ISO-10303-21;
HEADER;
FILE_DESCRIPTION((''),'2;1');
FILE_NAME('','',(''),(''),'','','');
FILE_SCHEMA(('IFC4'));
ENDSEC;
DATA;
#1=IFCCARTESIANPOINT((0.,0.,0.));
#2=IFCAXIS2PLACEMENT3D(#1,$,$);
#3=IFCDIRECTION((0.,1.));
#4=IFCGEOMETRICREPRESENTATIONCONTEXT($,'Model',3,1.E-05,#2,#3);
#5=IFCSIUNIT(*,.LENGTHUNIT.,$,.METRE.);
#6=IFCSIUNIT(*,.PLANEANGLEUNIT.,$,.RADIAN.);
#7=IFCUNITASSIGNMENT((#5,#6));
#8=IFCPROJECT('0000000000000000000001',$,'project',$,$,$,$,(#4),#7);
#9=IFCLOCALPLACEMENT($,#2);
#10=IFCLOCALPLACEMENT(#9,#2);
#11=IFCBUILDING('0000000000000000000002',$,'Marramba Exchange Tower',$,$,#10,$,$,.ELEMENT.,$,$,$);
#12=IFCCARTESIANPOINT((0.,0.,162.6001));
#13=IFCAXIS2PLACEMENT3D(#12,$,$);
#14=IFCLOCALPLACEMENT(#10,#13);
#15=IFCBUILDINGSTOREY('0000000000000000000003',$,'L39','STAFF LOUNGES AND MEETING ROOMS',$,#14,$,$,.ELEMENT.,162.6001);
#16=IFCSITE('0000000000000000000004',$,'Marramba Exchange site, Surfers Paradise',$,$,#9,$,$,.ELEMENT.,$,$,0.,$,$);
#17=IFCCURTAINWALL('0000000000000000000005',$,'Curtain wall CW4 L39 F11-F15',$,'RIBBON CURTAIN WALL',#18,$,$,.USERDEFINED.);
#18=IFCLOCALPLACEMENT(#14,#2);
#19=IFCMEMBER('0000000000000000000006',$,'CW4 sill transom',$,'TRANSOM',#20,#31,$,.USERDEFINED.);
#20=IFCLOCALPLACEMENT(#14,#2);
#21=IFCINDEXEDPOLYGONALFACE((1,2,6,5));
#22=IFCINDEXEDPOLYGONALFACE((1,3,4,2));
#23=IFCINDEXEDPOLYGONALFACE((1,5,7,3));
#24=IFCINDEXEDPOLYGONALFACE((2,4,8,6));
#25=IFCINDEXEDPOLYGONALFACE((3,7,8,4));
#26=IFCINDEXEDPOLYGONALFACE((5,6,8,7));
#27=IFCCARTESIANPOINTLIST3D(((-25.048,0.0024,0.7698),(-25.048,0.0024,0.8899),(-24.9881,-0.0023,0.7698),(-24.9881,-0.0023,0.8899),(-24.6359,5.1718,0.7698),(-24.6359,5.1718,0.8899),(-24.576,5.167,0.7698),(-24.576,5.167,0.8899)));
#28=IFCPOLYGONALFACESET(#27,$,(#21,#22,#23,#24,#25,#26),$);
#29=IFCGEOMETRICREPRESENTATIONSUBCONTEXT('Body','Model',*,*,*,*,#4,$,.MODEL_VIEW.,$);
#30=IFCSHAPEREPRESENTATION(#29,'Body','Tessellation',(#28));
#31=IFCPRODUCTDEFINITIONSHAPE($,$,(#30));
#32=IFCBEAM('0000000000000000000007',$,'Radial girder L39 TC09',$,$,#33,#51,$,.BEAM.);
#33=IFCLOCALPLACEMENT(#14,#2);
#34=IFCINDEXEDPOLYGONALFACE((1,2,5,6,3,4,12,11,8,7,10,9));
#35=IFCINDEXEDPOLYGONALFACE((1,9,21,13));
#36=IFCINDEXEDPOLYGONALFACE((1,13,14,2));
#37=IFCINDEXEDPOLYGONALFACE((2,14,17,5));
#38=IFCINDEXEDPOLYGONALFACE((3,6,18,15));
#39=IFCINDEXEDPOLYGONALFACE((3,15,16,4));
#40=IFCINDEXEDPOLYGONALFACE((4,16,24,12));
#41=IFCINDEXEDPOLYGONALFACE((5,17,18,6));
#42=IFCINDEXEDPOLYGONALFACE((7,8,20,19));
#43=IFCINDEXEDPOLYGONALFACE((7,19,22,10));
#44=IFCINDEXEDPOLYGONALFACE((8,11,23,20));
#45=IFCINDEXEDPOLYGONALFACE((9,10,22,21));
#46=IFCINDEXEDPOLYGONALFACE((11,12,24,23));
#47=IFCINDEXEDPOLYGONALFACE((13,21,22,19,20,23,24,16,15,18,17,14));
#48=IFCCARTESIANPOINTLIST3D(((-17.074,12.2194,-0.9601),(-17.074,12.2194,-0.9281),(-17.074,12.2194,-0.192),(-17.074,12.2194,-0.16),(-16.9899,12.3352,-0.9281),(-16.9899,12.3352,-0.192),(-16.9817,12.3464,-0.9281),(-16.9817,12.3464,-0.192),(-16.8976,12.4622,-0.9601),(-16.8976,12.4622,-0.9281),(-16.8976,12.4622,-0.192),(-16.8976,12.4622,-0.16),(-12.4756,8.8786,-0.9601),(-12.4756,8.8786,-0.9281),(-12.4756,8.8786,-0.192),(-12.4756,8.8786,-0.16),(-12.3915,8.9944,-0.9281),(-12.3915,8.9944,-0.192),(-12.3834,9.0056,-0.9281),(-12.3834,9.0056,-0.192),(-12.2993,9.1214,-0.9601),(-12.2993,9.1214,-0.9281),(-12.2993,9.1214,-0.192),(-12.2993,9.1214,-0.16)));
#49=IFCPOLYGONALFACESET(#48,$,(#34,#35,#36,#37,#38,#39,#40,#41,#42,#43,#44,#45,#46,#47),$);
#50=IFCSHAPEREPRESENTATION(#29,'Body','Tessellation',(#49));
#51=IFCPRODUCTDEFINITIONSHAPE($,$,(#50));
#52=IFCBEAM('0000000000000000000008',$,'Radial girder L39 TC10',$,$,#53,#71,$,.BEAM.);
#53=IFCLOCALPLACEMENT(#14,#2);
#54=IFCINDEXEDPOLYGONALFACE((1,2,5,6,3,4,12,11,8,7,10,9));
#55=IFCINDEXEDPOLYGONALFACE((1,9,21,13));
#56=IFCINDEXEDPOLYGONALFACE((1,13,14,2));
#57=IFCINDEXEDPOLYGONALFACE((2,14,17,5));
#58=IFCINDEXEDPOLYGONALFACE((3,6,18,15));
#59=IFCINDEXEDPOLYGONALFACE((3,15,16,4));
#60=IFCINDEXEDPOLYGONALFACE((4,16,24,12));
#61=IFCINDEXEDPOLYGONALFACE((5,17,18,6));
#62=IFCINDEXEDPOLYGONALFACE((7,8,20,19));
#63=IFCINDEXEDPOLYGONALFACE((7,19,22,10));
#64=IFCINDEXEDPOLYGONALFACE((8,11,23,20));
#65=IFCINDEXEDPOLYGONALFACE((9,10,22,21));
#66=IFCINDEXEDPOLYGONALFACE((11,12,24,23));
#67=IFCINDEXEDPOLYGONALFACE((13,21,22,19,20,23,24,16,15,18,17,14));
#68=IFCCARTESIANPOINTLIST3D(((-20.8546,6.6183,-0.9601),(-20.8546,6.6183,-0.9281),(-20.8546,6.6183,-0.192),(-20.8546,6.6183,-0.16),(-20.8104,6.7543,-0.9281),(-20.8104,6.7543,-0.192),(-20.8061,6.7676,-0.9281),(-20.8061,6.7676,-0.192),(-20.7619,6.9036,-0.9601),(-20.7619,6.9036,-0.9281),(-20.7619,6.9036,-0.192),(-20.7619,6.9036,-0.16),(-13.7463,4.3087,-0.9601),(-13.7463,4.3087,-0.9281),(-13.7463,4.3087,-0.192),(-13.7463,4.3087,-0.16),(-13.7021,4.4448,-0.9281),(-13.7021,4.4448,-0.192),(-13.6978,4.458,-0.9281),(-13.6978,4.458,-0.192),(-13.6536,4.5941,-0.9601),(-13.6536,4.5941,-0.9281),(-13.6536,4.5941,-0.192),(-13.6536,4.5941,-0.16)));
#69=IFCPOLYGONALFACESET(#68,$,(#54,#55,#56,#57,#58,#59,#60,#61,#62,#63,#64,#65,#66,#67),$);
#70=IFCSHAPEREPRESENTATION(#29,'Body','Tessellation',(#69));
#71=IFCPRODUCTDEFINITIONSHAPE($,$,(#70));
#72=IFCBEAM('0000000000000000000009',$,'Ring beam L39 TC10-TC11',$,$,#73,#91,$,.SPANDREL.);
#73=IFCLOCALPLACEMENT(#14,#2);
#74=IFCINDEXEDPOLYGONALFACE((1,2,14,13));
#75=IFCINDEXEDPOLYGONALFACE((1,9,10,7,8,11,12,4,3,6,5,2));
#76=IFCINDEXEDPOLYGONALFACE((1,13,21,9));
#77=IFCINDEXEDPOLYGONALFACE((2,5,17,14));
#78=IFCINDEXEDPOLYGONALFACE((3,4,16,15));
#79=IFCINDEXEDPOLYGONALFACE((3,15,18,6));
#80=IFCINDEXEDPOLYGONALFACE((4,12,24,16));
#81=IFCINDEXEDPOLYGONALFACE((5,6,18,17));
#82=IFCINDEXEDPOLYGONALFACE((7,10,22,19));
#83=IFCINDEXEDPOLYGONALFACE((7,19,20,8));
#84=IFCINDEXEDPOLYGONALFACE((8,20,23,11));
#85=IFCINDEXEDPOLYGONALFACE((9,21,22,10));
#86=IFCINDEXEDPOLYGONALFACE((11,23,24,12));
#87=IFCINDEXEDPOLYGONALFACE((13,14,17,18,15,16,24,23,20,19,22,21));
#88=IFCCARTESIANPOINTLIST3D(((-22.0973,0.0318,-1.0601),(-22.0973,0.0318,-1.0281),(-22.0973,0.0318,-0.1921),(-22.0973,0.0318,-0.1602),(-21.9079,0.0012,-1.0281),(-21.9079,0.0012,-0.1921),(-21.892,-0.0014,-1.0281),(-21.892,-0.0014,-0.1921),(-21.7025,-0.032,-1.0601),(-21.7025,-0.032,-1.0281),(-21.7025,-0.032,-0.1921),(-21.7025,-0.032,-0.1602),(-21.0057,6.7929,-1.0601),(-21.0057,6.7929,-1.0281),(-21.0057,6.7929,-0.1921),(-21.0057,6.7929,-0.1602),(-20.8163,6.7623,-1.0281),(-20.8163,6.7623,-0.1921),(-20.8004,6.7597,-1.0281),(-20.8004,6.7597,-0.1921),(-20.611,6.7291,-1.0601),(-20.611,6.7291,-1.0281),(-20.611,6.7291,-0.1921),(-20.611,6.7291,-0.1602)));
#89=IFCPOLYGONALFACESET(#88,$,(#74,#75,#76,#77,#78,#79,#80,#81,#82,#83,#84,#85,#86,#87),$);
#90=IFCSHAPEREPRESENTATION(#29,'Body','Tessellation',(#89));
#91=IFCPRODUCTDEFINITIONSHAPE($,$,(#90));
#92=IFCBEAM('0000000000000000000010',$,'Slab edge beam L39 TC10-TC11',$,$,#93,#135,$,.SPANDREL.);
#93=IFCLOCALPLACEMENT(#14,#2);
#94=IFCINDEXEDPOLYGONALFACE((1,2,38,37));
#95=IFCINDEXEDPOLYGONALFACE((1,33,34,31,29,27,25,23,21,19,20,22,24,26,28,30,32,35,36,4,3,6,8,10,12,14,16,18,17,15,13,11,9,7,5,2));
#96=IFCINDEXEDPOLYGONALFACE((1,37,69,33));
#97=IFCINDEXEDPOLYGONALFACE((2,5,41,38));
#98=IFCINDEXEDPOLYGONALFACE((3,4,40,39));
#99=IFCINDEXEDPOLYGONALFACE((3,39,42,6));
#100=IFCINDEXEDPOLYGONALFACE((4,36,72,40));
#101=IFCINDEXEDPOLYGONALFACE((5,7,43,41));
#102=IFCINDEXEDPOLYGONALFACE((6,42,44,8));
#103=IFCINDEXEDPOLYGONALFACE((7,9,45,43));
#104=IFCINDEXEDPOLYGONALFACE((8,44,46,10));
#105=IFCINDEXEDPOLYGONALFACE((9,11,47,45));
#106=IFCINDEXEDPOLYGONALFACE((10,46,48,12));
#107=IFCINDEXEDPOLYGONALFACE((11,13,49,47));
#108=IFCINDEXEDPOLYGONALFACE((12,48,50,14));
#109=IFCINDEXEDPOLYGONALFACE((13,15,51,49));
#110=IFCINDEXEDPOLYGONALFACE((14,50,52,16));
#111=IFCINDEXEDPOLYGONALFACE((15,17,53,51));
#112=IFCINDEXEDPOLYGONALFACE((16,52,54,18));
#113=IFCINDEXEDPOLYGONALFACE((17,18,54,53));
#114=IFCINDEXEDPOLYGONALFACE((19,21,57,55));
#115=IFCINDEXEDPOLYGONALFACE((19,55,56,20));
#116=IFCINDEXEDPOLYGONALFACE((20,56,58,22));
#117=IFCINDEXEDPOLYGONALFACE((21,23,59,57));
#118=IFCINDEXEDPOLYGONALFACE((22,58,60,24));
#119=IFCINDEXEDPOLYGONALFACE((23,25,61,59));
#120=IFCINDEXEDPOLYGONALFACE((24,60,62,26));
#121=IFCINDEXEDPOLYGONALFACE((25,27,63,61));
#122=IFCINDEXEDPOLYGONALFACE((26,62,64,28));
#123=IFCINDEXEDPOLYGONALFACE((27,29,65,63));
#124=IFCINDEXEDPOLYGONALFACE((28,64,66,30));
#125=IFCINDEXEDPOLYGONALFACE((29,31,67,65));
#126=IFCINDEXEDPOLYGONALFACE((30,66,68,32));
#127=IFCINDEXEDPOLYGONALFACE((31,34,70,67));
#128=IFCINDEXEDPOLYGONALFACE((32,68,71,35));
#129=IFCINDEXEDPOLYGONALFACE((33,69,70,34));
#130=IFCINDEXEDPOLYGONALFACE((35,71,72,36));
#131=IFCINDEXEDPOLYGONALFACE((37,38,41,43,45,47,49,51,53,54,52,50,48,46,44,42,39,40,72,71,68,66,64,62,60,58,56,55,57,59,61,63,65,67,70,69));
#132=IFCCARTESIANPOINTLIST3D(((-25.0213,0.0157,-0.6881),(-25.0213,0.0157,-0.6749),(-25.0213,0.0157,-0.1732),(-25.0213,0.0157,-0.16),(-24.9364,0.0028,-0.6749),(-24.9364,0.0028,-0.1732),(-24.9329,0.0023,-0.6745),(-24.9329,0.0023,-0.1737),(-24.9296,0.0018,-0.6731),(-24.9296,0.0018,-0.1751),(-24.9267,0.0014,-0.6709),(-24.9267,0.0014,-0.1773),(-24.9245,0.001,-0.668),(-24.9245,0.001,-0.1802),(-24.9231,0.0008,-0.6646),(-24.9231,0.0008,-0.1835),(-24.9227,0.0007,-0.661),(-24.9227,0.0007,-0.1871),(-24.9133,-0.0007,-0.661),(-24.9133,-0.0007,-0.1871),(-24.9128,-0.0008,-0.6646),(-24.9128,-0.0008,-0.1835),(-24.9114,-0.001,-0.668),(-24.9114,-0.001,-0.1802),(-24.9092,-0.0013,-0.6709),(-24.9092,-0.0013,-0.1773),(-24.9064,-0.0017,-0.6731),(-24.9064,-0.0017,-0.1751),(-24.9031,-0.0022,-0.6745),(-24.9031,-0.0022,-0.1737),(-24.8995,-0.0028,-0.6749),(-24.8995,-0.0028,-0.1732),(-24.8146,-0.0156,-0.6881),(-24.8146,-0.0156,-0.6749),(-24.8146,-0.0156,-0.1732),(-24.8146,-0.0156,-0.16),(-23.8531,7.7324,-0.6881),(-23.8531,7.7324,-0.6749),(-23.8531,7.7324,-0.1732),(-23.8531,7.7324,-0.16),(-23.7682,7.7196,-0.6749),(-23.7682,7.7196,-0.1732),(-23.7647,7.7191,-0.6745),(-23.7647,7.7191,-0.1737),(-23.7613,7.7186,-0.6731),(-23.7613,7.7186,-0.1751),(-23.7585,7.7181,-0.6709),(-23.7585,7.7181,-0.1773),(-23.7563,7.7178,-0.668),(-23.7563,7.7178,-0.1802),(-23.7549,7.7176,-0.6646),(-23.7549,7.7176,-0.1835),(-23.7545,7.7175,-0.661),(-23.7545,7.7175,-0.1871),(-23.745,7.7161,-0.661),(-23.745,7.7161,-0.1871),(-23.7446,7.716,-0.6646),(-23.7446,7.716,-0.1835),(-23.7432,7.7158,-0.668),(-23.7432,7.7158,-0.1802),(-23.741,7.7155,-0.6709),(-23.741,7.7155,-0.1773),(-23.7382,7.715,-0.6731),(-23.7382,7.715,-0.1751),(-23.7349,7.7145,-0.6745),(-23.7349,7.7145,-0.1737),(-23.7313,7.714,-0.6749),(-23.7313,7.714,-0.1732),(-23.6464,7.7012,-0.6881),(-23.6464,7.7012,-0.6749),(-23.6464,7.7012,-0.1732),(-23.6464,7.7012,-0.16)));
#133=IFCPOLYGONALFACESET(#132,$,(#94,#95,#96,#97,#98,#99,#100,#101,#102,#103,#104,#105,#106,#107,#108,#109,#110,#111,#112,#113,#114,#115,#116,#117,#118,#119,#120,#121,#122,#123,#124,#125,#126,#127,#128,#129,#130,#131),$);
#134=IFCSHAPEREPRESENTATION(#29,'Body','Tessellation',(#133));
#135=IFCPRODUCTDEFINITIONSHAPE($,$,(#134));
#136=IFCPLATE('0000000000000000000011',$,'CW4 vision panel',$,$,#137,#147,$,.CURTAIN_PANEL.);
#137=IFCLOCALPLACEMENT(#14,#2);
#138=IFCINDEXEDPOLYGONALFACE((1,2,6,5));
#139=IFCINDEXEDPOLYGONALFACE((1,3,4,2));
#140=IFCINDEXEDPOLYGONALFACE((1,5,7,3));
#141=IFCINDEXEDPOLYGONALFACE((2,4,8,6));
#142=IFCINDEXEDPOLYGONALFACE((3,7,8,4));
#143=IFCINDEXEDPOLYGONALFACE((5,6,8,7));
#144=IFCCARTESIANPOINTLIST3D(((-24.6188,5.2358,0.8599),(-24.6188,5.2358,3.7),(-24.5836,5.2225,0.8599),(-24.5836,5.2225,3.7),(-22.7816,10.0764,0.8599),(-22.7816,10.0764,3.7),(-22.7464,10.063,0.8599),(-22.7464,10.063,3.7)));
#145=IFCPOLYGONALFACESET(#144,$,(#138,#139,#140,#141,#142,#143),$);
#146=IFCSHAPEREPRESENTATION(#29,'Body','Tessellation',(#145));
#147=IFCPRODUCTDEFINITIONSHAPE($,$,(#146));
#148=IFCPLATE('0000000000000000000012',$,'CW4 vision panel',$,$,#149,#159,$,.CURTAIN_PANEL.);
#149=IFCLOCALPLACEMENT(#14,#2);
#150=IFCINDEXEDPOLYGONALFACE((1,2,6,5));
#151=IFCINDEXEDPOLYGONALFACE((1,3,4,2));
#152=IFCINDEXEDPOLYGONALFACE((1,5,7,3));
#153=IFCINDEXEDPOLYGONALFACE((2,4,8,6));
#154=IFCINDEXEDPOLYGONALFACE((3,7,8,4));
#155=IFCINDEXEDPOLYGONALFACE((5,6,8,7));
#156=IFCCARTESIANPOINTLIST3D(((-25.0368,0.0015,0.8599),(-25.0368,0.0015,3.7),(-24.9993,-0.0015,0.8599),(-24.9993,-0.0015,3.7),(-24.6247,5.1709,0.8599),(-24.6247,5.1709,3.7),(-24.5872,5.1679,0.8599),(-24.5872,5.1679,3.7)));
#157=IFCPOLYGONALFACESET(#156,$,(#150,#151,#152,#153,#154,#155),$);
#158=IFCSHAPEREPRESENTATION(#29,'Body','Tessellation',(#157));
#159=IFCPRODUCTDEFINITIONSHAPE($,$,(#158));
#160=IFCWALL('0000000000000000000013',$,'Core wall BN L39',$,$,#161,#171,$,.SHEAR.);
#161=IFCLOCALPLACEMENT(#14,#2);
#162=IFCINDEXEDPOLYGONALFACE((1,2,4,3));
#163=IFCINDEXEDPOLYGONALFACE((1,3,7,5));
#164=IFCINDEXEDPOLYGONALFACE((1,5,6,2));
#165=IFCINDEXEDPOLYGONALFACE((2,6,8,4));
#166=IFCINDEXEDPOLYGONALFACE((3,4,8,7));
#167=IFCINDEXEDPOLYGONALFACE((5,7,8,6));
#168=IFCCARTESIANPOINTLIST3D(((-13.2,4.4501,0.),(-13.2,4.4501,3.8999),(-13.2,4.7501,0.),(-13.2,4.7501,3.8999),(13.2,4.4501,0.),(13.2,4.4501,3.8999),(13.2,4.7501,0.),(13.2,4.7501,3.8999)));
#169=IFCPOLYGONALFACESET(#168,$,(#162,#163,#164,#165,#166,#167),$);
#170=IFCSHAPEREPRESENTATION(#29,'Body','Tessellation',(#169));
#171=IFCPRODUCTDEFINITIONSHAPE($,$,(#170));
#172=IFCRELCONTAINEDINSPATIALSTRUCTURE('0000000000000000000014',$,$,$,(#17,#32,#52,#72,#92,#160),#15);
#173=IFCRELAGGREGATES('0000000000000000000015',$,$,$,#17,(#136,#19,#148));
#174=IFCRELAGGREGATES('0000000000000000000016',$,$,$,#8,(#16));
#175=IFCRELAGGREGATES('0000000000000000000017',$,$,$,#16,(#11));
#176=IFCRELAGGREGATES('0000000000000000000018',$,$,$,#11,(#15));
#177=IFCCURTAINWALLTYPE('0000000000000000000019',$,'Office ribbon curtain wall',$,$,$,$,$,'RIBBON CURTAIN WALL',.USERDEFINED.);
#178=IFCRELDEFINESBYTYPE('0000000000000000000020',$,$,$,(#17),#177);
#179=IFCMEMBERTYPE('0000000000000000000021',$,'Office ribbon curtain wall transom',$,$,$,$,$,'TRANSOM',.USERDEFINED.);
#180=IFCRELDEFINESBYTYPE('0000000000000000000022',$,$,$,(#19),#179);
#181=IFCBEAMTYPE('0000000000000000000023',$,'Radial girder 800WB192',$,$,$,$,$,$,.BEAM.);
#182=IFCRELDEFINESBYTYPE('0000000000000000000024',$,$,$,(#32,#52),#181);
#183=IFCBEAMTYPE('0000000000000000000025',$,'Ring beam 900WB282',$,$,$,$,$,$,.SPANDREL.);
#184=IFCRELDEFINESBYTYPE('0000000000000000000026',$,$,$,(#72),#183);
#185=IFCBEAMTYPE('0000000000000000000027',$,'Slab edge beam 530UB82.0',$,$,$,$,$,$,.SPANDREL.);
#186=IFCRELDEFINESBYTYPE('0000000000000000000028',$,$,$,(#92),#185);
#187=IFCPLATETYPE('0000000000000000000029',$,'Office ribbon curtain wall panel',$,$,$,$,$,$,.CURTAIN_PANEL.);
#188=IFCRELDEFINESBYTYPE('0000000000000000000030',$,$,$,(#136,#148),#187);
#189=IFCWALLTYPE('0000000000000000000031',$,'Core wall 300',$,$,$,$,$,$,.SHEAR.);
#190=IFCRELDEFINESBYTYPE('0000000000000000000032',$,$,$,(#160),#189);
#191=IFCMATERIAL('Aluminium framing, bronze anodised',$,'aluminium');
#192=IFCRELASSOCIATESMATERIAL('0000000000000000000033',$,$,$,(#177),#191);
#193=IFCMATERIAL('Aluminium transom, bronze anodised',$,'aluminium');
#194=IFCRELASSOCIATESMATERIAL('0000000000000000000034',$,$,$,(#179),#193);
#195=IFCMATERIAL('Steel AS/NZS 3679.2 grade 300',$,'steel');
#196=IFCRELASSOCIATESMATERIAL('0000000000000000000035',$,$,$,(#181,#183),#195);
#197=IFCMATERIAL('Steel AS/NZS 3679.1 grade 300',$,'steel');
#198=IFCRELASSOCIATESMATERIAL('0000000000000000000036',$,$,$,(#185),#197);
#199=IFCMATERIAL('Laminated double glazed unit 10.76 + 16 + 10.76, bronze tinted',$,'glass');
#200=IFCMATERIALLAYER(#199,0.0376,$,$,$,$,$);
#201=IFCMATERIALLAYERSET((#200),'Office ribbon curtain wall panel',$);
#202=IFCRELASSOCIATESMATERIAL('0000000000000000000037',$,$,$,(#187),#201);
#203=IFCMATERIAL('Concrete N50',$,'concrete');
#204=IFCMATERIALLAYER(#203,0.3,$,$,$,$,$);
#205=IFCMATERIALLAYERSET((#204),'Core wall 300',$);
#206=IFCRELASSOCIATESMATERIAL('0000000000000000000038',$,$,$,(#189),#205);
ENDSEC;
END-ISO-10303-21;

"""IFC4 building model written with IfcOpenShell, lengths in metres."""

from ifc_helpers import new_model, si_unit, direction, frame, frame_2d, origin, origin_2d, place, context, subcontext, project, spatial, rectangle, i_section, extrude, material, layer, layer_set, material_profile, profile_set, type_object, element, aggregate, save


model = new_model("IFC4")

# Units and contexts
model_context = context("Model", 3, precision=1e-05, world=origin(), true_north=direction((0.0, 1.0)))
body_context = subcontext(model_context, "Body", "Model", "MODEL_VIEW")
ifc_project = project(units=[si_unit("LENGTHUNIT", "METRE"), si_unit("PLANEANGLEUNIT", "RADIAN")], contexts=[model_context])

# Site, building, storey
site_placement = place(None, origin())
site = spatial("IfcSite", under=ifc_project, at=site_placement, Name="Marramba Exchange site, Surfers Paradise", CompositionType="ELEMENT", RefElevation=0.0)
building_placement = place(site_placement, origin())
building = spatial("IfcBuilding", under=site, at=building_placement, Name="Marramba Exchange Tower", CompositionType="ELEMENT")
storey_placement = place(building_placement, frame((0.0, 0.0, 162.6001)))
storey = spatial("IfcBuildingStorey", under=building, at=storey_placement, Name="L39", Description="STAFF LOUNGES AND MEETING ROOMS", CompositionType="ELEMENT", Elevation=162.6001)

# Shared definitions
ifc_material_1 = material(Name="Concrete N50", Category="concrete")

# Shared definitions
ifc_material_2 = material(Name="Steel AS/NZS 3679.2 grade 300", Category="steel")
ifc_material_3 = material(Name="Steel AS/NZS 3679.1 grade 300", Category="steel")

# Curtain wall, member
ifc_material_4 = material(Name="Aluminium framing, bronze anodised", Category="aluminium")
curtain_wall_type = type_object("IfcCurtainWallType", Name="Office ribbon curtain wall", ElementType="RIBBON CURTAIN WALL", PredefinedType="USERDEFINED", material=ifc_material_4)
curtain_wall_placement = place(storey_placement, origin())
curtain_wall = element("IfcCurtainWall", 1, at=curtain_wall_placement, inside=storey, type_object=curtain_wall_type, Name="Curtain wall CW4 L39 F11-F15", ObjectType="RIBBON CURTAIN WALL", PredefinedType="USERDEFINED")
ifc_material_5 = material(Name="Aluminium transom, bronze anodised", Category="aluminium")
ifc_material_profile_1 = material_profile(ifc_material_5, rectangle(XDim=0.0601, YDim=0.1201, at=origin_2d()), Name="CW4 transom 60x120")
ifc_profile_set_1 = profile_set([ifc_material_profile_1], Name="Aluminium transom, bronze anodised")
member_type_1 = type_object("IfcMemberType", Name="Office ribbon curtain wall transom", ElementType="TRANSOM", PredefinedType="USERDEFINED", material=ifc_profile_set_1)
member_1_placement = place(storey_placement, frame((-24.606, 5.1694, 0.8298), z_axis=(-0.079468, -0.996837, 0.0), x_axis=(0.996837, -0.079468, 0.0)))
member_1 = element("IfcMember", 2, at=member_1_placement, type_object=member_type_1, Name="CW4 sill transom", ObjectType="TRANSOM", PredefinedType="USERDEFINED", context=body_context, shape_type="SweptSolid", body=[
    extrude(rectangle(XDim=0.0601, YDim=0.1201, at=origin_2d()), origin(), (0.0, 0.0, 1.0), 5.1858),
])

# Beams
ifc_material_profile_2 = material_profile(ifc_material_2, i_section(OverallWidth=0.3, OverallDepth=0.8, WebThickness=0.0139, FlangeThickness=0.032, at=origin_2d()), Name="800WB192")
ifc_profile_set_2 = profile_set([ifc_material_profile_2], Name="Steel AS/NZS 3679.2 grade 300")
beam_type_1 = type_object("IfcBeamType", Name="Radial girder 800WB192", PredefinedType="BEAM", material=ifc_profile_set_2)
beam_1_placement = place(storey_placement, frame((-12.3875, 9.0, -0.5601), z_axis=(-0.809026, 0.587773, 0.0), x_axis=(-0.587773, -0.809026, 0.0)))
element("IfcBeam", 3, at=beam_1_placement, inside=storey, type_object=beam_type_1, Name="Radial girder L39 TC09", PredefinedType="BEAM", context=body_context, shape_type="SweptSolid", body=[
    extrude(i_section(OverallWidth=0.3, OverallDepth=0.8, WebThickness=0.0139, FlangeThickness=0.032, at=origin_2d()), origin(), (0.0, 0.0, 1.0), 5.6838),
])
beam_2_placement = place(storey_placement, frame((-13.7, 4.4514, -0.5601), z_axis=(-0.95106, 0.309006, 0.0), x_axis=(-0.309006, -0.95106, 0.0)))
element("IfcBeam", 4, at=beam_2_placement, inside=storey, type_object=beam_type_1, Name="Radial girder L39 TC10", PredefinedType="BEAM", context=body_context, shape_type="SweptSolid", body=[
    extrude(i_section(OverallWidth=0.3, OverallDepth=0.8, WebThickness=0.0139, FlangeThickness=0.032, at=origin_2d()), origin(), (0.0, 0.0, 1.0), 7.4741),
])
ifc_material_profile_3 = material_profile(ifc_material_2, i_section(OverallWidth=0.3999, OverallDepth=0.8999, WebThickness=0.0161, FlangeThickness=0.032, at=origin_2d()), Name="900WB282")
ifc_profile_set_3 = profile_set([ifc_material_profile_3], Name="Steel AS/NZS 3679.2 grade 300")
beam_type_2 = type_object("IfcBeamType", Name="Ring beam 900WB282", PredefinedType="SPANDREL", material=ifc_profile_set_3)
beam_3_placement = place(storey_placement, frame((-20.8083, 6.761, -0.6101), z_axis=(-0.159385, -0.987217, 0.0), x_axis=(0.987217, -0.159385, 0.0)))
element("IfcBeam", 5, at=beam_3_placement, inside=storey, type_object=beam_type_2, Name="Ring beam L39 TC10-TC11", PredefinedType="SPANDREL", context=body_context, shape_type="SweptSolid", body=[
    extrude(i_section(OverallWidth=0.3999, OverallDepth=0.8999, WebThickness=0.0161, FlangeThickness=0.032, at=origin_2d()), origin(), (0.0, 0.0, 1.0), 6.8486),
])
ifc_material_profile_4 = material_profile(ifc_material_3, i_section(OverallWidth=0.209, OverallDepth=0.5281, WebThickness=0.0095, FlangeThickness=0.0132, FilletRadius=0.0139, at=origin_2d()), Name="530UB82.0")
ifc_profile_set_4 = profile_set([ifc_material_profile_4], Name="Steel AS/NZS 3679.1 grade 300")
beam_type_3 = type_object("IfcBeamType", Name="Slab edge beam 530UB82.0", PredefinedType="SPANDREL", material=ifc_profile_set_4)
beam_4_placement = place(storey_placement, frame((-23.7498, 7.7168, -0.4241), z_axis=(-0.14968, -0.988734, 0.0), x_axis=(0.988734, -0.14968, 0.0)))
element("IfcBeam", 6, at=beam_4_placement, inside=storey, type_object=beam_type_3, Name="Slab edge beam L39 TC10-TC11", PredefinedType="SPANDREL", context=body_context, shape_type="SweptSolid", body=[
    extrude(i_section(OverallWidth=0.209, OverallDepth=0.5281, WebThickness=0.0095, FlangeThickness=0.0132, FilletRadius=0.0139, at=origin_2d()), origin(), (0.0, 0.0, 1.0), 7.8047),
])

# Plates
ifc_material_6 = material(Name="Laminated double glazed unit 10.76 + 16 + 10.76, bronze tinted", Category="glass")
ifc_layer_1 = layer(ifc_material_6, 0.0376)
ifc_layer_set_1 = layer_set([ifc_layer_1], Name="Office ribbon curtain wall panel")
plate_type = type_object("IfcPlateType", Name="Office ribbon curtain wall panel", PredefinedType="CURTAIN_PANEL", material=ifc_layer_set_1)
plate_1_placement = place(storey_placement, frame((-23.6826, 7.6494, 0.8599), z_axis=(0.0, 0.0, 1.0), x_axis=(-0.354844, -0.934925, 0.0)))
plate_1 = element("IfcPlate", 7, at=plate_1_placement, type_object=plate_type, Name="CW4 vision panel", PredefinedType="CURTAIN_PANEL", context=body_context, shape_type="SweptSolid", body=[
    extrude(rectangle(XDim=5.1775, YDim=0.0376, at=origin_2d()), origin(), (0.0, 0.0, 1.0), 2.8401),
])
plate_2_placement = place(storey_placement, frame((-24.812, 2.5847, 0.8599), z_axis=(0.0, 0.0, 1.0), x_axis=(-0.07946, -0.996838, 0.0)))
plate_2 = element("IfcPlate", 8, at=plate_2_placement, type_object=plate_type, Name="CW4 vision panel", PredefinedType="CURTAIN_PANEL", context=body_context, shape_type="SweptSolid", body=[
    extrude(rectangle(XDim=5.1858, YDim=0.0376, at=origin_2d()), origin(), (0.0, 0.0, 1.0), 2.8401),
])
aggregate(curtain_wall, [plate_1, member_1, plate_2])

# Wall
ifc_layer_2 = layer(ifc_material_1, 0.3)
ifc_layer_set_2 = layer_set([ifc_layer_2], Name="Core wall 300")
wall_type_1 = type_object("IfcWallType", Name="Core wall 300", PredefinedType="SHEAR", material=ifc_layer_set_2)
wall_1_placement = place(storey_placement, frame((-13.2, 4.6001, 0.0), z_axis=(0.0, 0.0, 1.0), x_axis=(1.0, 0.0, 0.0)))
element("IfcWall", 9, at=wall_1_placement, inside=storey, type_object=wall_type_1, Name="Core wall BN L39", PredefinedType="SHEAR", context=body_context, shape_type="SweptSolid", body=[
    extrude(rectangle(XDim=26.3999, YDim=0.3, at=frame_2d((13.2, 0.0))), origin(), (0.0, 0.0, 1.0), 3.8999),
])

save(model, "model.ifc")
